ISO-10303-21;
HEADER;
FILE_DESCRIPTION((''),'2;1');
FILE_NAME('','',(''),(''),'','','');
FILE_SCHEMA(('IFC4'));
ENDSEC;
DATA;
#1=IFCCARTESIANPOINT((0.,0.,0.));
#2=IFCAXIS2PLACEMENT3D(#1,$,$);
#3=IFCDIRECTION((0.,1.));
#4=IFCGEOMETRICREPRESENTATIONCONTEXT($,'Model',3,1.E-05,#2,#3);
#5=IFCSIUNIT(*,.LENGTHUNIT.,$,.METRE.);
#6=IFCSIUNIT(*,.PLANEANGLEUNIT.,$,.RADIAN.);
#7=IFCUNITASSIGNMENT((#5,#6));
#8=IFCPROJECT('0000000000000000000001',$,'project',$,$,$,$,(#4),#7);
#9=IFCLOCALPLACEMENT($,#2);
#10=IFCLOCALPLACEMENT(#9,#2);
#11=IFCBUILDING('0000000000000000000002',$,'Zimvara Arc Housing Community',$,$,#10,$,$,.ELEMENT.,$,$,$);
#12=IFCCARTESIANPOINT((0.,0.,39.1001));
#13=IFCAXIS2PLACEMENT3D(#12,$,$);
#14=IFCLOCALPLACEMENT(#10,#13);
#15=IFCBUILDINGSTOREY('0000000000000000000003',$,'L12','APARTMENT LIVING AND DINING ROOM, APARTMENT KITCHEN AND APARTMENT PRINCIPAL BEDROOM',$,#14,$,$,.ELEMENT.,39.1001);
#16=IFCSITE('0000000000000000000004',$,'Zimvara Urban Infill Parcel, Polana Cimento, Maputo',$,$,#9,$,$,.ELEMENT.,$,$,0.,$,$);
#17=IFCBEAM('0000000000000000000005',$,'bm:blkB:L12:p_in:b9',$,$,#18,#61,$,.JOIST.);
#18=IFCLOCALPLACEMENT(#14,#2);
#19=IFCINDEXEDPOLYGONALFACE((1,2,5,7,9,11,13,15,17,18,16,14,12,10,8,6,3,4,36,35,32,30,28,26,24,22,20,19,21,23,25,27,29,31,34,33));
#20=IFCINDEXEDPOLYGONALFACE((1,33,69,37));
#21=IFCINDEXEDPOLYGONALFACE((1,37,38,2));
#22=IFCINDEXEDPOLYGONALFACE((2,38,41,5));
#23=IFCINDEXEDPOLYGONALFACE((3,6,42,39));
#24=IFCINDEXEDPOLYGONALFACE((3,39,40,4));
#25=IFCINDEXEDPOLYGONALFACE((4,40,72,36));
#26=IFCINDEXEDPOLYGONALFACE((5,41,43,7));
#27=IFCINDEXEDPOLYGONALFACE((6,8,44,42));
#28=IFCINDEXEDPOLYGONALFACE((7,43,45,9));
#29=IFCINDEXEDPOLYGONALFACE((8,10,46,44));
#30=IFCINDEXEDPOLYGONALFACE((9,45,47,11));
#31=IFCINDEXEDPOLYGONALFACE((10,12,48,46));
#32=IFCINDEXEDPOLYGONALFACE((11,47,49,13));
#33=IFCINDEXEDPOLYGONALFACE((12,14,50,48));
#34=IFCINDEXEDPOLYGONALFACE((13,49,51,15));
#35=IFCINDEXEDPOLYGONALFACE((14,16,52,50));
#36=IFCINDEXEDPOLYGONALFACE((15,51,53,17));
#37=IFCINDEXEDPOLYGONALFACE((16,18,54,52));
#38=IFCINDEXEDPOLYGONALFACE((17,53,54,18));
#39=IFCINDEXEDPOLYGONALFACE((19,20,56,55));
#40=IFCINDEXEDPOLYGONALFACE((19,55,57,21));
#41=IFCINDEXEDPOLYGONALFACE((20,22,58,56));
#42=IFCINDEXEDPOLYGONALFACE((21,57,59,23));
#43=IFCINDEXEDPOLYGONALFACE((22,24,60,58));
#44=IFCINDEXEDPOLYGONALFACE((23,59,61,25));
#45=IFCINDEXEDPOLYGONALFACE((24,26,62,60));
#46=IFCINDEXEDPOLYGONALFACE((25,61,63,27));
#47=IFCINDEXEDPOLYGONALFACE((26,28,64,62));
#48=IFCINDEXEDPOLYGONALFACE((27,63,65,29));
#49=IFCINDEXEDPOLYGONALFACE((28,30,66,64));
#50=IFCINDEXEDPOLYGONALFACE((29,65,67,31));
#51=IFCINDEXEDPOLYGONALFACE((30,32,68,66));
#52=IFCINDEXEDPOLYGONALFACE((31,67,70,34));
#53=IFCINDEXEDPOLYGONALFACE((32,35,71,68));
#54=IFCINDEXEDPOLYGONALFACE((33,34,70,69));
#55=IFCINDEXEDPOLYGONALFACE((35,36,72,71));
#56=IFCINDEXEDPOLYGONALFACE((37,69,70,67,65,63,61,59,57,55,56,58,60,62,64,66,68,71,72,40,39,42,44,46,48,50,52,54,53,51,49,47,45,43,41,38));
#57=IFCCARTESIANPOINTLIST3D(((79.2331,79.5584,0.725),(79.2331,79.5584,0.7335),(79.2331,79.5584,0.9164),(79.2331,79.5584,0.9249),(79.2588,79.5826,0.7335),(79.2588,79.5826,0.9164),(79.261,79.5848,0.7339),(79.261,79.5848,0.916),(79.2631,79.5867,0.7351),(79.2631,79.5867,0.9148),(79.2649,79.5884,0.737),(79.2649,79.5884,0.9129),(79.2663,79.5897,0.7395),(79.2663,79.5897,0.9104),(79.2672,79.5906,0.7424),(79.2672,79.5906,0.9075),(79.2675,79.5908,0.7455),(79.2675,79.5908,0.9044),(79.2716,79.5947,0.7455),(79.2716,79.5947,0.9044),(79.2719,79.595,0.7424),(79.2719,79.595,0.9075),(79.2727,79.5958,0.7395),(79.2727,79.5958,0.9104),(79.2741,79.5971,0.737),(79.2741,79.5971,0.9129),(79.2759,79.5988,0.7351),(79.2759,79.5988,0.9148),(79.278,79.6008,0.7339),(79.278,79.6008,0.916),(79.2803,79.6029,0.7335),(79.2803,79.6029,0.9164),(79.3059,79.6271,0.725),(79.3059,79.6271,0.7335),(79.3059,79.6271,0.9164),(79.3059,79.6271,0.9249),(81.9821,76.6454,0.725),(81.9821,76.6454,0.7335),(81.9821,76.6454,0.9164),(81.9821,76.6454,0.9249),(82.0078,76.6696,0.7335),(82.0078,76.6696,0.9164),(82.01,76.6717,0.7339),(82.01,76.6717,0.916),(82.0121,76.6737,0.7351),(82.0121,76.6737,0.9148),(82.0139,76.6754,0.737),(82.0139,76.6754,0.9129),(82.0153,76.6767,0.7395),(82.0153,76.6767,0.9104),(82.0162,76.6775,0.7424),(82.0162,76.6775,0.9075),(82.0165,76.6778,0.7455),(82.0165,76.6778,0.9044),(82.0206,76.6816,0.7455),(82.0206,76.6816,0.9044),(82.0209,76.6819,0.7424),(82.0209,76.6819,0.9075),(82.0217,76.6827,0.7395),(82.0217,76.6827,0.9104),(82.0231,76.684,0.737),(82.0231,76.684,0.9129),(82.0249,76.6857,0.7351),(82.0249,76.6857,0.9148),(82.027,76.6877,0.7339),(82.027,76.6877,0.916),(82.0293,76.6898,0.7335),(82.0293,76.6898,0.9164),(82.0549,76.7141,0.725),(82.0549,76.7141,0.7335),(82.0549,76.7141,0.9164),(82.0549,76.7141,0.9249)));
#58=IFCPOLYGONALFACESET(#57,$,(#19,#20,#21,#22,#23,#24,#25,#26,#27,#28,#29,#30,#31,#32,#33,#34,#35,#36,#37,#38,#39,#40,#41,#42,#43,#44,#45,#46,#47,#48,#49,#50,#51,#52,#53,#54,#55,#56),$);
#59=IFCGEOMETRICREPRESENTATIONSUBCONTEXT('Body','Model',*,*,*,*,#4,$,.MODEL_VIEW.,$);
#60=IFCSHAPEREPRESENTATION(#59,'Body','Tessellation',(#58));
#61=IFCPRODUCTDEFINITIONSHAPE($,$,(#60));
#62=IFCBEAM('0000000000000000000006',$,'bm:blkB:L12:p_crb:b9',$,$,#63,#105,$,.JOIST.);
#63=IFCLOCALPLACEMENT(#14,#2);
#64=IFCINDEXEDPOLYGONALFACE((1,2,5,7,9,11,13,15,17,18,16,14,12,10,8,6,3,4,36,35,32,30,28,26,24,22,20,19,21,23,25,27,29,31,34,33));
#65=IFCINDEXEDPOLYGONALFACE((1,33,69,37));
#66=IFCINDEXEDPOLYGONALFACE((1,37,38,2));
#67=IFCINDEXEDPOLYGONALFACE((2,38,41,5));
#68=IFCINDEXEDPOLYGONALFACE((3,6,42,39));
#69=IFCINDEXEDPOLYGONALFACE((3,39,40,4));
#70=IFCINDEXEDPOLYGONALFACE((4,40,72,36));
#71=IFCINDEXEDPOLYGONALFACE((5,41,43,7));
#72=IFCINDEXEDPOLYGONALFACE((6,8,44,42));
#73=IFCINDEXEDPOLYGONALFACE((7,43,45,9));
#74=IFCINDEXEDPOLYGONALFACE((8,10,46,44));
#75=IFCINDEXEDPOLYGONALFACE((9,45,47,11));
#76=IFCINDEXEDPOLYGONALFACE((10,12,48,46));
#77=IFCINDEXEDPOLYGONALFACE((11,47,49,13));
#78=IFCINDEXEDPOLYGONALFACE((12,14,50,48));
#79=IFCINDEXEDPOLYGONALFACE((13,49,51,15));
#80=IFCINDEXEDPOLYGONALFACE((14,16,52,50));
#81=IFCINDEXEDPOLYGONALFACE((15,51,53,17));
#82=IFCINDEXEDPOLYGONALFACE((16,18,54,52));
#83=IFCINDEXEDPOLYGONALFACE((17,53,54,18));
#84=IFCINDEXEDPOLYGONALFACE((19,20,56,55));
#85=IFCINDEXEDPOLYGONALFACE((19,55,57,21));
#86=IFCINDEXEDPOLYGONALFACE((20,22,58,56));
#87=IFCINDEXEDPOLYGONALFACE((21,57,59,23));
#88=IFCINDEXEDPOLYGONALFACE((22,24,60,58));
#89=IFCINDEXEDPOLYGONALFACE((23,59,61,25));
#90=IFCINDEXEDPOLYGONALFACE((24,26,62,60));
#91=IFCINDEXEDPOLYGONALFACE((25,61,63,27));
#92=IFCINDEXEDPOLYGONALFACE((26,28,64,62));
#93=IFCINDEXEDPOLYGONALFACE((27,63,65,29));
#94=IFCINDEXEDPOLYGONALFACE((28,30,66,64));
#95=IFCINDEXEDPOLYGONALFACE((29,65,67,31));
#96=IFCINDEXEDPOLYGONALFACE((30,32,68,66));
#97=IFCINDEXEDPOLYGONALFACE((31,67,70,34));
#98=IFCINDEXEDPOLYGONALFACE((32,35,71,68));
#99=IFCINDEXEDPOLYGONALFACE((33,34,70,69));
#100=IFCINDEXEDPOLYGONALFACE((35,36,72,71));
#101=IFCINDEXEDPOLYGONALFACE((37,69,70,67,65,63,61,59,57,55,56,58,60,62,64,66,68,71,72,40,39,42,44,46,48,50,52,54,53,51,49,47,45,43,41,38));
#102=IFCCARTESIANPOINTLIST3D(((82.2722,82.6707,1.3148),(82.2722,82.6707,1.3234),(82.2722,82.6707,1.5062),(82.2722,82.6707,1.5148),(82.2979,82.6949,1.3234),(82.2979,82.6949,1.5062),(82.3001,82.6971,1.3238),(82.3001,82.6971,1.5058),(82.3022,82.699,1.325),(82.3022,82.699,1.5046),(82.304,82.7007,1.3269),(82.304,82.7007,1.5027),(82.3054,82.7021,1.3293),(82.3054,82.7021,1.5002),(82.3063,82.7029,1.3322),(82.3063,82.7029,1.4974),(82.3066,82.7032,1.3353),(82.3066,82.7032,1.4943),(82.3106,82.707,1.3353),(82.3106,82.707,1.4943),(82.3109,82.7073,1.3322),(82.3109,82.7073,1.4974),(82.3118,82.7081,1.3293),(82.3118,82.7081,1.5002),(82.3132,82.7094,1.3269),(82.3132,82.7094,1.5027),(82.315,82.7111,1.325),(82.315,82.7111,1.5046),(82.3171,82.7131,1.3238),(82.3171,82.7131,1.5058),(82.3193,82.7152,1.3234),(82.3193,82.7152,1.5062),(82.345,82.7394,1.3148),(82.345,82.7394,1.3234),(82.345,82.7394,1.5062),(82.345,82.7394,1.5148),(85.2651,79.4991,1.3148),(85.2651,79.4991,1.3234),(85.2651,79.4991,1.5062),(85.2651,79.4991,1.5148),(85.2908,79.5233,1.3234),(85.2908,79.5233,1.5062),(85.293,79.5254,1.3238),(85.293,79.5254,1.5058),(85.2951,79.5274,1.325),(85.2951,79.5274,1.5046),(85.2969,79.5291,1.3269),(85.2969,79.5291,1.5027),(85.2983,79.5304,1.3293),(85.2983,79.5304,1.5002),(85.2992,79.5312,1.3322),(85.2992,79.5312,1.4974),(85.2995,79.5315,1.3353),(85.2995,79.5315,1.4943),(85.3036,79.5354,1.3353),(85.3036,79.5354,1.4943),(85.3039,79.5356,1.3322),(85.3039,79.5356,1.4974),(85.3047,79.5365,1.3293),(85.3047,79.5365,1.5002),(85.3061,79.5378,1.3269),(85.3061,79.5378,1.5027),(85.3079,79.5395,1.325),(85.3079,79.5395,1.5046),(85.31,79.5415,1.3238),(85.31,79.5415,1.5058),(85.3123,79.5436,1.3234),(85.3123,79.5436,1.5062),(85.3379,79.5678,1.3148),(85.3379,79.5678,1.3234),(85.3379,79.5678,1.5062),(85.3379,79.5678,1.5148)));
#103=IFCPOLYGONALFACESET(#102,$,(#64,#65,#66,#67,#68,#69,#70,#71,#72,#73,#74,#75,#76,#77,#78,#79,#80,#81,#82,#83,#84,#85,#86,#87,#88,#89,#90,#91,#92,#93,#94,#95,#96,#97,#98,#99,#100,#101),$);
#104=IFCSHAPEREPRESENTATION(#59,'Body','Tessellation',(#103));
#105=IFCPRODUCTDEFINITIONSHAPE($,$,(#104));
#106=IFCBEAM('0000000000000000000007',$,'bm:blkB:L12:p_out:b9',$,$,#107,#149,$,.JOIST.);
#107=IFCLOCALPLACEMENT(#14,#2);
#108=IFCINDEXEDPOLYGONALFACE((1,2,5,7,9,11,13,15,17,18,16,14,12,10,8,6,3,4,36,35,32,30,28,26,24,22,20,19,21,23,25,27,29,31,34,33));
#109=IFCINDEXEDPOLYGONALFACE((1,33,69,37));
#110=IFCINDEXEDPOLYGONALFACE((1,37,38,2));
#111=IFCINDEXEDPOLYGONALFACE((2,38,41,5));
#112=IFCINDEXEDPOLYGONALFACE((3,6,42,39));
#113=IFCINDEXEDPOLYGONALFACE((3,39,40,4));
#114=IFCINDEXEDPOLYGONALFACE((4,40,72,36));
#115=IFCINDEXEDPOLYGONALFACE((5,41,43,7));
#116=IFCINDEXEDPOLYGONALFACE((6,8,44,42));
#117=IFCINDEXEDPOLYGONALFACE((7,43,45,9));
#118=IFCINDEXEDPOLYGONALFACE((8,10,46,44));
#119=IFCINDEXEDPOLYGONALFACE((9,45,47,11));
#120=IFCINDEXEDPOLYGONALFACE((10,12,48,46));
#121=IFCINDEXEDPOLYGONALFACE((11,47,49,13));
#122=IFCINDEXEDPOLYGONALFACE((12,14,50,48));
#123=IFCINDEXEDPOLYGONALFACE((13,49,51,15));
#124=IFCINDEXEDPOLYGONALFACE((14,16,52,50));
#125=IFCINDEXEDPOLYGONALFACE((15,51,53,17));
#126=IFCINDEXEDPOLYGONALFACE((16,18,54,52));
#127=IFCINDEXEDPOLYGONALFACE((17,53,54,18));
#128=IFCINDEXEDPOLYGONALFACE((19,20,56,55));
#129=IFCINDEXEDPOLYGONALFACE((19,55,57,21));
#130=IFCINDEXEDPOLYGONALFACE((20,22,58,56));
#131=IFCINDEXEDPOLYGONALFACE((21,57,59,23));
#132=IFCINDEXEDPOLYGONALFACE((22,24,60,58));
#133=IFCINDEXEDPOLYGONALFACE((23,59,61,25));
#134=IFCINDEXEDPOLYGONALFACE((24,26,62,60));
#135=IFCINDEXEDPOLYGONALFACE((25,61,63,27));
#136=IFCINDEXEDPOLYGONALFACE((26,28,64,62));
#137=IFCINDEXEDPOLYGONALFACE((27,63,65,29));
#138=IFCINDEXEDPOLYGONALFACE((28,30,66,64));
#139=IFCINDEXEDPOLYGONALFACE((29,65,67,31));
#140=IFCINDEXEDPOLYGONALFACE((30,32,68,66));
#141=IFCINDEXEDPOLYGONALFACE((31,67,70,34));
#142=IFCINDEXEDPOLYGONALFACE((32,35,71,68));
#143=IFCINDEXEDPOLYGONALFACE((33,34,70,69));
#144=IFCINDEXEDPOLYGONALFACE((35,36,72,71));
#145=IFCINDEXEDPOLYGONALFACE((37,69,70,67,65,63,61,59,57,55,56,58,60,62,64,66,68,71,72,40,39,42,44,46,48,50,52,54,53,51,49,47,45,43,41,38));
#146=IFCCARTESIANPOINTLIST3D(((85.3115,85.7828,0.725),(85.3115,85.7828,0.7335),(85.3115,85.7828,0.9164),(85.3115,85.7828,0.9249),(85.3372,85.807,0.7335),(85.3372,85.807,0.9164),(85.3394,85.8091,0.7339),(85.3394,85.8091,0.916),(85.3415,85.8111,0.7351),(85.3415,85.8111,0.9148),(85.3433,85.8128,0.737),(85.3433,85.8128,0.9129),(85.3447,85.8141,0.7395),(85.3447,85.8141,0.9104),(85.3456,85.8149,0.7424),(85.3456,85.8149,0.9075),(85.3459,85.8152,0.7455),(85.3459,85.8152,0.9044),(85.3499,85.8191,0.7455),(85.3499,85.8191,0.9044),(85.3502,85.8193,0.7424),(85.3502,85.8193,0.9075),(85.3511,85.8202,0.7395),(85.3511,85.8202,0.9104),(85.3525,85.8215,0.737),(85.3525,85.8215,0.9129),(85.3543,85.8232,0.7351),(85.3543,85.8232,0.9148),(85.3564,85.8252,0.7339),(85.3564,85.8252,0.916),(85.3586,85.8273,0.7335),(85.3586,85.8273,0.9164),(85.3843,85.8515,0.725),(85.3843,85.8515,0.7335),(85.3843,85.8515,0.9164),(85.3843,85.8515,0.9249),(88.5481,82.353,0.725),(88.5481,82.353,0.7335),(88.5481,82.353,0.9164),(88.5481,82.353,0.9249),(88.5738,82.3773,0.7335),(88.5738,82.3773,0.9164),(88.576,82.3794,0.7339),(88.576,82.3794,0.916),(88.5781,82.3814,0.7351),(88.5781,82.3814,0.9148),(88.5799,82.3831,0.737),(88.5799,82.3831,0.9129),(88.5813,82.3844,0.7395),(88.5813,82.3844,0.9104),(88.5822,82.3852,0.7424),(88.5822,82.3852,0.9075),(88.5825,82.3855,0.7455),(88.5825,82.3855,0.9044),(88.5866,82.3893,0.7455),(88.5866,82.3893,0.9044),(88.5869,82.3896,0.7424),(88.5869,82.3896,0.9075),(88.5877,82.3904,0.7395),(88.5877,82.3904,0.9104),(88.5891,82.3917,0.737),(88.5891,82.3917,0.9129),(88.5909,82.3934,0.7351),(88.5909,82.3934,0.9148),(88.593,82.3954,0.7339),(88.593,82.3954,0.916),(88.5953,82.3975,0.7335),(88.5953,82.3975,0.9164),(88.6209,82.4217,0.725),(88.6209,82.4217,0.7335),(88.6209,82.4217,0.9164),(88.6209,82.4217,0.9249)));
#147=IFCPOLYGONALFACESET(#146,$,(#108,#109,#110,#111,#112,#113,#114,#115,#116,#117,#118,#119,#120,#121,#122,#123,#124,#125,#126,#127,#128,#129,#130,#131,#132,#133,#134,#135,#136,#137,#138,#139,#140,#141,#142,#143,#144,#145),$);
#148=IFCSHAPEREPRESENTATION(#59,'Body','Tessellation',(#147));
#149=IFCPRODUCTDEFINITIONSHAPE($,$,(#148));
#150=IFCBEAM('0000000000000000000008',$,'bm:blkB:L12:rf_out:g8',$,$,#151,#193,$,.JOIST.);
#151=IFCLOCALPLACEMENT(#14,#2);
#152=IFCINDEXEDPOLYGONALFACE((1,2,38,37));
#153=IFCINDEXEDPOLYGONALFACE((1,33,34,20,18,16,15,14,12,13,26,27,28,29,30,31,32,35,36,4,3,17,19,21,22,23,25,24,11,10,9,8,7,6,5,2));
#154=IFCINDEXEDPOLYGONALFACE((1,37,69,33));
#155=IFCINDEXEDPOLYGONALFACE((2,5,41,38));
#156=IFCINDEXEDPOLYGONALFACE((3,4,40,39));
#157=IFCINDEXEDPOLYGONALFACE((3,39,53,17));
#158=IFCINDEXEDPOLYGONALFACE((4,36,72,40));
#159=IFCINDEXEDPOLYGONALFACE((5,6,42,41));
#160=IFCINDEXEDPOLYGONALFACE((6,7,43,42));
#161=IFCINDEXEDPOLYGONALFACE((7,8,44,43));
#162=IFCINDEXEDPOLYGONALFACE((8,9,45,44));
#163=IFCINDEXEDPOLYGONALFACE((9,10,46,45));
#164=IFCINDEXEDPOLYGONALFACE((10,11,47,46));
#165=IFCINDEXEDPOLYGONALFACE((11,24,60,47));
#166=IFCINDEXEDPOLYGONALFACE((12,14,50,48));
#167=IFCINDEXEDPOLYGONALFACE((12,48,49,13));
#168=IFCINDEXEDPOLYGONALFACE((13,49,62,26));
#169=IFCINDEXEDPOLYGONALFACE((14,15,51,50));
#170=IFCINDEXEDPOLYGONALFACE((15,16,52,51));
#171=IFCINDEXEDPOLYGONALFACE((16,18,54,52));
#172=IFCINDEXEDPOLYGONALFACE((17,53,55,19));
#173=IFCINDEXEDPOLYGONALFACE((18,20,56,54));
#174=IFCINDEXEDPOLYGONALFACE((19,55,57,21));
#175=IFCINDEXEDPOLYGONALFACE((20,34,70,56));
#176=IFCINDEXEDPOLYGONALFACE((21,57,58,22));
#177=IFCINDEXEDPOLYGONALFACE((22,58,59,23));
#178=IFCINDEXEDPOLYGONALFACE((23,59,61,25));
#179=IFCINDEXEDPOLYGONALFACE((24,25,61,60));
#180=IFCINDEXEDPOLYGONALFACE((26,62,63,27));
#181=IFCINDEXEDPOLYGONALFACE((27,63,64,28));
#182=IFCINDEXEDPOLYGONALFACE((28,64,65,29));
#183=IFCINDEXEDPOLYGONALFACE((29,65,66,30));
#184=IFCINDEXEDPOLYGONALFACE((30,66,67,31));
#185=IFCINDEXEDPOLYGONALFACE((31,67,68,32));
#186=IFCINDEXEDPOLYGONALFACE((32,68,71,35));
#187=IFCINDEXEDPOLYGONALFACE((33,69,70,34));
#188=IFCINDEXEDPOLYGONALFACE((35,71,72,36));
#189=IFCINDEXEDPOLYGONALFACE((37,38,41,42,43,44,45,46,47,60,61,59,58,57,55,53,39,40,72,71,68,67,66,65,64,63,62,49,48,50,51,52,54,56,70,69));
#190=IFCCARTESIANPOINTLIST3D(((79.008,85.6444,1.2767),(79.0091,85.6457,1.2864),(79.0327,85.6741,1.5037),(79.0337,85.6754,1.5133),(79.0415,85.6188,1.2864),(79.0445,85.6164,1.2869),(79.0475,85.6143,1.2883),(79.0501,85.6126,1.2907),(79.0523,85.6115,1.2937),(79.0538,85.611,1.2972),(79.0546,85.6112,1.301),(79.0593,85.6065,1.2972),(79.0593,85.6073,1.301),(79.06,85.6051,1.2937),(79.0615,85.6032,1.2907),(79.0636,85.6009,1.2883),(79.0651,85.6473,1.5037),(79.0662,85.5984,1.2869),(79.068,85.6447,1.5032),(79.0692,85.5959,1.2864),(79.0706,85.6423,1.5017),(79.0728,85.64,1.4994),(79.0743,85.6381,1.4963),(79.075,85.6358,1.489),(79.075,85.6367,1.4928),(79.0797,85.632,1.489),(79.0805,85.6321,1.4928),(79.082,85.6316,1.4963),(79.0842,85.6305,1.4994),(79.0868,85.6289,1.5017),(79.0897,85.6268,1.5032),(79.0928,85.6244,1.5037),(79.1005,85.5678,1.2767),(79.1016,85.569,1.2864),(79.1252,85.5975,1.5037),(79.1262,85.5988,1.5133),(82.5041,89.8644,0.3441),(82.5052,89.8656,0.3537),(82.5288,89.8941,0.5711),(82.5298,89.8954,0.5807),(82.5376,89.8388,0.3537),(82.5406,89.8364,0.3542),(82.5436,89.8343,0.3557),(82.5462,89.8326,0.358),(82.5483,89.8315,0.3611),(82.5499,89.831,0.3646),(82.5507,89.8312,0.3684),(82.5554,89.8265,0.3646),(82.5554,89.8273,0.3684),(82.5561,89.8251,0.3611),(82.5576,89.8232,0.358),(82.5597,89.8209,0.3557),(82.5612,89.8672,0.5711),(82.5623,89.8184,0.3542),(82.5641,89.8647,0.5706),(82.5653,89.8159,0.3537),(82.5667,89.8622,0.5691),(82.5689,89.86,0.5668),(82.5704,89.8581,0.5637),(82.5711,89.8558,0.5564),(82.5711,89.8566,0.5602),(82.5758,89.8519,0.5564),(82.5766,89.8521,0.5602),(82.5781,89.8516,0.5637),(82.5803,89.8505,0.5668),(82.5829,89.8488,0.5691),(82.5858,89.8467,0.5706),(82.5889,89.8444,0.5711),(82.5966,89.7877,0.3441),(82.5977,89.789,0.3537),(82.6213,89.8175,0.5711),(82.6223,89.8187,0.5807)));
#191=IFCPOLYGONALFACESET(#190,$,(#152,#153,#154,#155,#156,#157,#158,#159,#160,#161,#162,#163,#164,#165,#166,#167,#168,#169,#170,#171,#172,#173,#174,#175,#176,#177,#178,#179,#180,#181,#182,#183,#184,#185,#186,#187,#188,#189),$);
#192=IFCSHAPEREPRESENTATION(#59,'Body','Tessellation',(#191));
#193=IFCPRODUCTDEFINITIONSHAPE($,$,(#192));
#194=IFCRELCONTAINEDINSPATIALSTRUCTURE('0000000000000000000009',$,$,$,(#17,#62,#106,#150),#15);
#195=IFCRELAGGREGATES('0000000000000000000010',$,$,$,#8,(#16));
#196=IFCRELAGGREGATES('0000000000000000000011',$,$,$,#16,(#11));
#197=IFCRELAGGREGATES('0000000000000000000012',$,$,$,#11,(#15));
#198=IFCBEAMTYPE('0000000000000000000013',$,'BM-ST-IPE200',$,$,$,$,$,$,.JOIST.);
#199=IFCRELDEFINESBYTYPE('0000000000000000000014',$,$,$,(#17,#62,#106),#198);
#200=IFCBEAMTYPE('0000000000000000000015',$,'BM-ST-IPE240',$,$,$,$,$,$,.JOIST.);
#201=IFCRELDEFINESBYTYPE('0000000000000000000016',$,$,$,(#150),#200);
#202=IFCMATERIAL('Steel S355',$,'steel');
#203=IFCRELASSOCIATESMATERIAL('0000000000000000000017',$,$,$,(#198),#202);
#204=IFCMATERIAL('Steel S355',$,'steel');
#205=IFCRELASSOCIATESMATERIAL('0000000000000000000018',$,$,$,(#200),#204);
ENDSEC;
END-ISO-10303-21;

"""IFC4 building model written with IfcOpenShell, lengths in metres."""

from ifc_helpers import new_model, si_unit, direction, frame, origin, origin_2d, place, context, subcontext, project, spatial, i_section, extrude, material, material_profile, profile_set, type_object, element, save


model = new_model("IFC4")

# Units and contexts
model_context = context("Model", 3, precision=1e-05, world=origin(), true_north=direction((0.0, 1.0)))
body_context = subcontext(model_context, "Body", "Model", "MODEL_VIEW")
ifc_project = project(units=[si_unit("LENGTHUNIT", "METRE"), si_unit("PLANEANGLEUNIT", "RADIAN")], contexts=[model_context])

# Site, building, storey
site_placement = place(None, origin())
site = spatial("IfcSite", under=ifc_project, at=site_placement, Name="Zimvara Urban Infill Parcel, Polana Cimento, Maputo", CompositionType="ELEMENT", RefElevation=0.0)
building_placement = place(site_placement, origin())
building = spatial("IfcBuilding", under=site, at=building_placement, Name="Zimvara Arc Housing Community", CompositionType="ELEMENT")
storey_placement = place(building_placement, frame((0.0, 0.0, 39.1001)))
storey = spatial("IfcBuildingStorey", under=building, at=storey_placement, Name="L12", Description="APARTMENT LIVING AND DINING ROOM, APARTMENT KITCHEN AND APARTMENT PRINCIPAL BEDROOM", CompositionType="ELEMENT", Elevation=39.1001)

# Beams
ifc_material_1 = material(Name="Steel S355", Category="steel")
ifc_material_profile_1 = material_profile(ifc_material_1, i_section(OverallWidth=0.1001, OverallDepth=0.2, WebThickness=0.0056, FlangeThickness=0.0085, FilletRadius=0.012, at=origin_2d()), Name="IPE 200")
ifc_profile_set_1 = profile_set([ifc_material_profile_1], Name="Steel S355")
beam_type_1 = type_object("IfcBeamType", Name="BM-ST-IPE200", PredefinedType="JOIST", material=ifc_profile_set_1)
beam_1_placement = place(storey_placement, frame((79.2695, 79.5928, 0.825), z_axis=(0.68633, -0.72729, 0.0), x_axis=(0.72729, 0.68633, 0.0)))
element("IfcBeam", 1, at=beam_1_placement, inside=storey, type_object=beam_type_1, Name="bm:blkB:L12:p_in:b9", PredefinedType="JOIST", context=body_context, shape_type="SweptSolid", body=[
    extrude(i_section(OverallWidth=0.1001, OverallDepth=0.2, WebThickness=0.0056, FlangeThickness=0.0085, FilletRadius=0.012, at=origin_2d()), origin(), (0.0, 0.0, 1.0), 4.0054),
])
beam_2_placement = place(storey_placement, frame((82.3086, 82.7051, 1.4148), z_axis=(0.686319, -0.7273, 0.0), x_axis=(0.7273, 0.686319, 0.0)))
element("IfcBeam", 2, at=beam_2_placement, inside=storey, type_object=beam_type_1, Name="bm:blkB:L12:p_crb:b9", PredefinedType="JOIST", context=body_context, shape_type="SweptSolid", body=[
    extrude(i_section(OverallWidth=0.1001, OverallDepth=0.2, WebThickness=0.0056, FlangeThickness=0.0085, FilletRadius=0.012, at=origin_2d()), origin(), (0.0, 0.0, 1.0), 4.3608),
])
beam_3_placement = place(storey_placement, frame((85.3479, 85.8171, 0.825), z_axis=(0.686335, -0.727286, 0.0), x_axis=(0.727286, 0.686335, 0.0)))
element("IfcBeam", 3, at=beam_3_placement, inside=storey, type_object=beam_type_1, Name="bm:blkB:L12:p_out:b9", PredefinedType="JOIST", context=body_context, shape_type="SweptSolid", body=[
    extrude(i_section(OverallWidth=0.1001, OverallDepth=0.2, WebThickness=0.0056, FlangeThickness=0.0085, FilletRadius=0.012, at=origin_2d()), origin(), (0.0, 0.0, 1.0), 4.7158),
])
ifc_material_2 = material(Name="Steel S355", Category="steel")
ifc_material_profile_2 = material_profile(ifc_material_2, i_section(OverallWidth=0.1201, OverallDepth=0.24, WebThickness=0.0061, FlangeThickness=0.0098, FilletRadius=0.0149, at=origin_2d()), Name="IPE 240")
ifc_profile_set_2 = profile_set([ifc_material_profile_2], Name="Steel S355")
beam_type_2 = type_object("IfcBeamType", Name="BM-ST-IPE240", PredefinedType="JOIST", material=ifc_profile_set_2)
for number, where, z_axis, x_axis, name in (
    (4, (79.0671, 85.6216, 1.395), (0.628926, 0.759147, -0.167772), (-0.770062, 0.637969, 0.0), "bm:blkB:L12:rf_out:g8"),
):
    element("IfcBeam", number, at=place(storey_placement, frame(where, z_axis=z_axis, x_axis=x_axis)), inside=storey, type_object=beam_type_2, Name=name, PredefinedType="JOIST", context=body_context, shape_type="SweptSolid", body=[
        extrude(i_section(OverallWidth=0.1201, OverallDepth=0.24, WebThickness=0.0061, FlangeThickness=0.0098, FilletRadius=0.0149, at=origin_2d()), origin(), (0.0, 0.0, 1.0), 5.5588),
    ])

save(model, "model.ifc")
